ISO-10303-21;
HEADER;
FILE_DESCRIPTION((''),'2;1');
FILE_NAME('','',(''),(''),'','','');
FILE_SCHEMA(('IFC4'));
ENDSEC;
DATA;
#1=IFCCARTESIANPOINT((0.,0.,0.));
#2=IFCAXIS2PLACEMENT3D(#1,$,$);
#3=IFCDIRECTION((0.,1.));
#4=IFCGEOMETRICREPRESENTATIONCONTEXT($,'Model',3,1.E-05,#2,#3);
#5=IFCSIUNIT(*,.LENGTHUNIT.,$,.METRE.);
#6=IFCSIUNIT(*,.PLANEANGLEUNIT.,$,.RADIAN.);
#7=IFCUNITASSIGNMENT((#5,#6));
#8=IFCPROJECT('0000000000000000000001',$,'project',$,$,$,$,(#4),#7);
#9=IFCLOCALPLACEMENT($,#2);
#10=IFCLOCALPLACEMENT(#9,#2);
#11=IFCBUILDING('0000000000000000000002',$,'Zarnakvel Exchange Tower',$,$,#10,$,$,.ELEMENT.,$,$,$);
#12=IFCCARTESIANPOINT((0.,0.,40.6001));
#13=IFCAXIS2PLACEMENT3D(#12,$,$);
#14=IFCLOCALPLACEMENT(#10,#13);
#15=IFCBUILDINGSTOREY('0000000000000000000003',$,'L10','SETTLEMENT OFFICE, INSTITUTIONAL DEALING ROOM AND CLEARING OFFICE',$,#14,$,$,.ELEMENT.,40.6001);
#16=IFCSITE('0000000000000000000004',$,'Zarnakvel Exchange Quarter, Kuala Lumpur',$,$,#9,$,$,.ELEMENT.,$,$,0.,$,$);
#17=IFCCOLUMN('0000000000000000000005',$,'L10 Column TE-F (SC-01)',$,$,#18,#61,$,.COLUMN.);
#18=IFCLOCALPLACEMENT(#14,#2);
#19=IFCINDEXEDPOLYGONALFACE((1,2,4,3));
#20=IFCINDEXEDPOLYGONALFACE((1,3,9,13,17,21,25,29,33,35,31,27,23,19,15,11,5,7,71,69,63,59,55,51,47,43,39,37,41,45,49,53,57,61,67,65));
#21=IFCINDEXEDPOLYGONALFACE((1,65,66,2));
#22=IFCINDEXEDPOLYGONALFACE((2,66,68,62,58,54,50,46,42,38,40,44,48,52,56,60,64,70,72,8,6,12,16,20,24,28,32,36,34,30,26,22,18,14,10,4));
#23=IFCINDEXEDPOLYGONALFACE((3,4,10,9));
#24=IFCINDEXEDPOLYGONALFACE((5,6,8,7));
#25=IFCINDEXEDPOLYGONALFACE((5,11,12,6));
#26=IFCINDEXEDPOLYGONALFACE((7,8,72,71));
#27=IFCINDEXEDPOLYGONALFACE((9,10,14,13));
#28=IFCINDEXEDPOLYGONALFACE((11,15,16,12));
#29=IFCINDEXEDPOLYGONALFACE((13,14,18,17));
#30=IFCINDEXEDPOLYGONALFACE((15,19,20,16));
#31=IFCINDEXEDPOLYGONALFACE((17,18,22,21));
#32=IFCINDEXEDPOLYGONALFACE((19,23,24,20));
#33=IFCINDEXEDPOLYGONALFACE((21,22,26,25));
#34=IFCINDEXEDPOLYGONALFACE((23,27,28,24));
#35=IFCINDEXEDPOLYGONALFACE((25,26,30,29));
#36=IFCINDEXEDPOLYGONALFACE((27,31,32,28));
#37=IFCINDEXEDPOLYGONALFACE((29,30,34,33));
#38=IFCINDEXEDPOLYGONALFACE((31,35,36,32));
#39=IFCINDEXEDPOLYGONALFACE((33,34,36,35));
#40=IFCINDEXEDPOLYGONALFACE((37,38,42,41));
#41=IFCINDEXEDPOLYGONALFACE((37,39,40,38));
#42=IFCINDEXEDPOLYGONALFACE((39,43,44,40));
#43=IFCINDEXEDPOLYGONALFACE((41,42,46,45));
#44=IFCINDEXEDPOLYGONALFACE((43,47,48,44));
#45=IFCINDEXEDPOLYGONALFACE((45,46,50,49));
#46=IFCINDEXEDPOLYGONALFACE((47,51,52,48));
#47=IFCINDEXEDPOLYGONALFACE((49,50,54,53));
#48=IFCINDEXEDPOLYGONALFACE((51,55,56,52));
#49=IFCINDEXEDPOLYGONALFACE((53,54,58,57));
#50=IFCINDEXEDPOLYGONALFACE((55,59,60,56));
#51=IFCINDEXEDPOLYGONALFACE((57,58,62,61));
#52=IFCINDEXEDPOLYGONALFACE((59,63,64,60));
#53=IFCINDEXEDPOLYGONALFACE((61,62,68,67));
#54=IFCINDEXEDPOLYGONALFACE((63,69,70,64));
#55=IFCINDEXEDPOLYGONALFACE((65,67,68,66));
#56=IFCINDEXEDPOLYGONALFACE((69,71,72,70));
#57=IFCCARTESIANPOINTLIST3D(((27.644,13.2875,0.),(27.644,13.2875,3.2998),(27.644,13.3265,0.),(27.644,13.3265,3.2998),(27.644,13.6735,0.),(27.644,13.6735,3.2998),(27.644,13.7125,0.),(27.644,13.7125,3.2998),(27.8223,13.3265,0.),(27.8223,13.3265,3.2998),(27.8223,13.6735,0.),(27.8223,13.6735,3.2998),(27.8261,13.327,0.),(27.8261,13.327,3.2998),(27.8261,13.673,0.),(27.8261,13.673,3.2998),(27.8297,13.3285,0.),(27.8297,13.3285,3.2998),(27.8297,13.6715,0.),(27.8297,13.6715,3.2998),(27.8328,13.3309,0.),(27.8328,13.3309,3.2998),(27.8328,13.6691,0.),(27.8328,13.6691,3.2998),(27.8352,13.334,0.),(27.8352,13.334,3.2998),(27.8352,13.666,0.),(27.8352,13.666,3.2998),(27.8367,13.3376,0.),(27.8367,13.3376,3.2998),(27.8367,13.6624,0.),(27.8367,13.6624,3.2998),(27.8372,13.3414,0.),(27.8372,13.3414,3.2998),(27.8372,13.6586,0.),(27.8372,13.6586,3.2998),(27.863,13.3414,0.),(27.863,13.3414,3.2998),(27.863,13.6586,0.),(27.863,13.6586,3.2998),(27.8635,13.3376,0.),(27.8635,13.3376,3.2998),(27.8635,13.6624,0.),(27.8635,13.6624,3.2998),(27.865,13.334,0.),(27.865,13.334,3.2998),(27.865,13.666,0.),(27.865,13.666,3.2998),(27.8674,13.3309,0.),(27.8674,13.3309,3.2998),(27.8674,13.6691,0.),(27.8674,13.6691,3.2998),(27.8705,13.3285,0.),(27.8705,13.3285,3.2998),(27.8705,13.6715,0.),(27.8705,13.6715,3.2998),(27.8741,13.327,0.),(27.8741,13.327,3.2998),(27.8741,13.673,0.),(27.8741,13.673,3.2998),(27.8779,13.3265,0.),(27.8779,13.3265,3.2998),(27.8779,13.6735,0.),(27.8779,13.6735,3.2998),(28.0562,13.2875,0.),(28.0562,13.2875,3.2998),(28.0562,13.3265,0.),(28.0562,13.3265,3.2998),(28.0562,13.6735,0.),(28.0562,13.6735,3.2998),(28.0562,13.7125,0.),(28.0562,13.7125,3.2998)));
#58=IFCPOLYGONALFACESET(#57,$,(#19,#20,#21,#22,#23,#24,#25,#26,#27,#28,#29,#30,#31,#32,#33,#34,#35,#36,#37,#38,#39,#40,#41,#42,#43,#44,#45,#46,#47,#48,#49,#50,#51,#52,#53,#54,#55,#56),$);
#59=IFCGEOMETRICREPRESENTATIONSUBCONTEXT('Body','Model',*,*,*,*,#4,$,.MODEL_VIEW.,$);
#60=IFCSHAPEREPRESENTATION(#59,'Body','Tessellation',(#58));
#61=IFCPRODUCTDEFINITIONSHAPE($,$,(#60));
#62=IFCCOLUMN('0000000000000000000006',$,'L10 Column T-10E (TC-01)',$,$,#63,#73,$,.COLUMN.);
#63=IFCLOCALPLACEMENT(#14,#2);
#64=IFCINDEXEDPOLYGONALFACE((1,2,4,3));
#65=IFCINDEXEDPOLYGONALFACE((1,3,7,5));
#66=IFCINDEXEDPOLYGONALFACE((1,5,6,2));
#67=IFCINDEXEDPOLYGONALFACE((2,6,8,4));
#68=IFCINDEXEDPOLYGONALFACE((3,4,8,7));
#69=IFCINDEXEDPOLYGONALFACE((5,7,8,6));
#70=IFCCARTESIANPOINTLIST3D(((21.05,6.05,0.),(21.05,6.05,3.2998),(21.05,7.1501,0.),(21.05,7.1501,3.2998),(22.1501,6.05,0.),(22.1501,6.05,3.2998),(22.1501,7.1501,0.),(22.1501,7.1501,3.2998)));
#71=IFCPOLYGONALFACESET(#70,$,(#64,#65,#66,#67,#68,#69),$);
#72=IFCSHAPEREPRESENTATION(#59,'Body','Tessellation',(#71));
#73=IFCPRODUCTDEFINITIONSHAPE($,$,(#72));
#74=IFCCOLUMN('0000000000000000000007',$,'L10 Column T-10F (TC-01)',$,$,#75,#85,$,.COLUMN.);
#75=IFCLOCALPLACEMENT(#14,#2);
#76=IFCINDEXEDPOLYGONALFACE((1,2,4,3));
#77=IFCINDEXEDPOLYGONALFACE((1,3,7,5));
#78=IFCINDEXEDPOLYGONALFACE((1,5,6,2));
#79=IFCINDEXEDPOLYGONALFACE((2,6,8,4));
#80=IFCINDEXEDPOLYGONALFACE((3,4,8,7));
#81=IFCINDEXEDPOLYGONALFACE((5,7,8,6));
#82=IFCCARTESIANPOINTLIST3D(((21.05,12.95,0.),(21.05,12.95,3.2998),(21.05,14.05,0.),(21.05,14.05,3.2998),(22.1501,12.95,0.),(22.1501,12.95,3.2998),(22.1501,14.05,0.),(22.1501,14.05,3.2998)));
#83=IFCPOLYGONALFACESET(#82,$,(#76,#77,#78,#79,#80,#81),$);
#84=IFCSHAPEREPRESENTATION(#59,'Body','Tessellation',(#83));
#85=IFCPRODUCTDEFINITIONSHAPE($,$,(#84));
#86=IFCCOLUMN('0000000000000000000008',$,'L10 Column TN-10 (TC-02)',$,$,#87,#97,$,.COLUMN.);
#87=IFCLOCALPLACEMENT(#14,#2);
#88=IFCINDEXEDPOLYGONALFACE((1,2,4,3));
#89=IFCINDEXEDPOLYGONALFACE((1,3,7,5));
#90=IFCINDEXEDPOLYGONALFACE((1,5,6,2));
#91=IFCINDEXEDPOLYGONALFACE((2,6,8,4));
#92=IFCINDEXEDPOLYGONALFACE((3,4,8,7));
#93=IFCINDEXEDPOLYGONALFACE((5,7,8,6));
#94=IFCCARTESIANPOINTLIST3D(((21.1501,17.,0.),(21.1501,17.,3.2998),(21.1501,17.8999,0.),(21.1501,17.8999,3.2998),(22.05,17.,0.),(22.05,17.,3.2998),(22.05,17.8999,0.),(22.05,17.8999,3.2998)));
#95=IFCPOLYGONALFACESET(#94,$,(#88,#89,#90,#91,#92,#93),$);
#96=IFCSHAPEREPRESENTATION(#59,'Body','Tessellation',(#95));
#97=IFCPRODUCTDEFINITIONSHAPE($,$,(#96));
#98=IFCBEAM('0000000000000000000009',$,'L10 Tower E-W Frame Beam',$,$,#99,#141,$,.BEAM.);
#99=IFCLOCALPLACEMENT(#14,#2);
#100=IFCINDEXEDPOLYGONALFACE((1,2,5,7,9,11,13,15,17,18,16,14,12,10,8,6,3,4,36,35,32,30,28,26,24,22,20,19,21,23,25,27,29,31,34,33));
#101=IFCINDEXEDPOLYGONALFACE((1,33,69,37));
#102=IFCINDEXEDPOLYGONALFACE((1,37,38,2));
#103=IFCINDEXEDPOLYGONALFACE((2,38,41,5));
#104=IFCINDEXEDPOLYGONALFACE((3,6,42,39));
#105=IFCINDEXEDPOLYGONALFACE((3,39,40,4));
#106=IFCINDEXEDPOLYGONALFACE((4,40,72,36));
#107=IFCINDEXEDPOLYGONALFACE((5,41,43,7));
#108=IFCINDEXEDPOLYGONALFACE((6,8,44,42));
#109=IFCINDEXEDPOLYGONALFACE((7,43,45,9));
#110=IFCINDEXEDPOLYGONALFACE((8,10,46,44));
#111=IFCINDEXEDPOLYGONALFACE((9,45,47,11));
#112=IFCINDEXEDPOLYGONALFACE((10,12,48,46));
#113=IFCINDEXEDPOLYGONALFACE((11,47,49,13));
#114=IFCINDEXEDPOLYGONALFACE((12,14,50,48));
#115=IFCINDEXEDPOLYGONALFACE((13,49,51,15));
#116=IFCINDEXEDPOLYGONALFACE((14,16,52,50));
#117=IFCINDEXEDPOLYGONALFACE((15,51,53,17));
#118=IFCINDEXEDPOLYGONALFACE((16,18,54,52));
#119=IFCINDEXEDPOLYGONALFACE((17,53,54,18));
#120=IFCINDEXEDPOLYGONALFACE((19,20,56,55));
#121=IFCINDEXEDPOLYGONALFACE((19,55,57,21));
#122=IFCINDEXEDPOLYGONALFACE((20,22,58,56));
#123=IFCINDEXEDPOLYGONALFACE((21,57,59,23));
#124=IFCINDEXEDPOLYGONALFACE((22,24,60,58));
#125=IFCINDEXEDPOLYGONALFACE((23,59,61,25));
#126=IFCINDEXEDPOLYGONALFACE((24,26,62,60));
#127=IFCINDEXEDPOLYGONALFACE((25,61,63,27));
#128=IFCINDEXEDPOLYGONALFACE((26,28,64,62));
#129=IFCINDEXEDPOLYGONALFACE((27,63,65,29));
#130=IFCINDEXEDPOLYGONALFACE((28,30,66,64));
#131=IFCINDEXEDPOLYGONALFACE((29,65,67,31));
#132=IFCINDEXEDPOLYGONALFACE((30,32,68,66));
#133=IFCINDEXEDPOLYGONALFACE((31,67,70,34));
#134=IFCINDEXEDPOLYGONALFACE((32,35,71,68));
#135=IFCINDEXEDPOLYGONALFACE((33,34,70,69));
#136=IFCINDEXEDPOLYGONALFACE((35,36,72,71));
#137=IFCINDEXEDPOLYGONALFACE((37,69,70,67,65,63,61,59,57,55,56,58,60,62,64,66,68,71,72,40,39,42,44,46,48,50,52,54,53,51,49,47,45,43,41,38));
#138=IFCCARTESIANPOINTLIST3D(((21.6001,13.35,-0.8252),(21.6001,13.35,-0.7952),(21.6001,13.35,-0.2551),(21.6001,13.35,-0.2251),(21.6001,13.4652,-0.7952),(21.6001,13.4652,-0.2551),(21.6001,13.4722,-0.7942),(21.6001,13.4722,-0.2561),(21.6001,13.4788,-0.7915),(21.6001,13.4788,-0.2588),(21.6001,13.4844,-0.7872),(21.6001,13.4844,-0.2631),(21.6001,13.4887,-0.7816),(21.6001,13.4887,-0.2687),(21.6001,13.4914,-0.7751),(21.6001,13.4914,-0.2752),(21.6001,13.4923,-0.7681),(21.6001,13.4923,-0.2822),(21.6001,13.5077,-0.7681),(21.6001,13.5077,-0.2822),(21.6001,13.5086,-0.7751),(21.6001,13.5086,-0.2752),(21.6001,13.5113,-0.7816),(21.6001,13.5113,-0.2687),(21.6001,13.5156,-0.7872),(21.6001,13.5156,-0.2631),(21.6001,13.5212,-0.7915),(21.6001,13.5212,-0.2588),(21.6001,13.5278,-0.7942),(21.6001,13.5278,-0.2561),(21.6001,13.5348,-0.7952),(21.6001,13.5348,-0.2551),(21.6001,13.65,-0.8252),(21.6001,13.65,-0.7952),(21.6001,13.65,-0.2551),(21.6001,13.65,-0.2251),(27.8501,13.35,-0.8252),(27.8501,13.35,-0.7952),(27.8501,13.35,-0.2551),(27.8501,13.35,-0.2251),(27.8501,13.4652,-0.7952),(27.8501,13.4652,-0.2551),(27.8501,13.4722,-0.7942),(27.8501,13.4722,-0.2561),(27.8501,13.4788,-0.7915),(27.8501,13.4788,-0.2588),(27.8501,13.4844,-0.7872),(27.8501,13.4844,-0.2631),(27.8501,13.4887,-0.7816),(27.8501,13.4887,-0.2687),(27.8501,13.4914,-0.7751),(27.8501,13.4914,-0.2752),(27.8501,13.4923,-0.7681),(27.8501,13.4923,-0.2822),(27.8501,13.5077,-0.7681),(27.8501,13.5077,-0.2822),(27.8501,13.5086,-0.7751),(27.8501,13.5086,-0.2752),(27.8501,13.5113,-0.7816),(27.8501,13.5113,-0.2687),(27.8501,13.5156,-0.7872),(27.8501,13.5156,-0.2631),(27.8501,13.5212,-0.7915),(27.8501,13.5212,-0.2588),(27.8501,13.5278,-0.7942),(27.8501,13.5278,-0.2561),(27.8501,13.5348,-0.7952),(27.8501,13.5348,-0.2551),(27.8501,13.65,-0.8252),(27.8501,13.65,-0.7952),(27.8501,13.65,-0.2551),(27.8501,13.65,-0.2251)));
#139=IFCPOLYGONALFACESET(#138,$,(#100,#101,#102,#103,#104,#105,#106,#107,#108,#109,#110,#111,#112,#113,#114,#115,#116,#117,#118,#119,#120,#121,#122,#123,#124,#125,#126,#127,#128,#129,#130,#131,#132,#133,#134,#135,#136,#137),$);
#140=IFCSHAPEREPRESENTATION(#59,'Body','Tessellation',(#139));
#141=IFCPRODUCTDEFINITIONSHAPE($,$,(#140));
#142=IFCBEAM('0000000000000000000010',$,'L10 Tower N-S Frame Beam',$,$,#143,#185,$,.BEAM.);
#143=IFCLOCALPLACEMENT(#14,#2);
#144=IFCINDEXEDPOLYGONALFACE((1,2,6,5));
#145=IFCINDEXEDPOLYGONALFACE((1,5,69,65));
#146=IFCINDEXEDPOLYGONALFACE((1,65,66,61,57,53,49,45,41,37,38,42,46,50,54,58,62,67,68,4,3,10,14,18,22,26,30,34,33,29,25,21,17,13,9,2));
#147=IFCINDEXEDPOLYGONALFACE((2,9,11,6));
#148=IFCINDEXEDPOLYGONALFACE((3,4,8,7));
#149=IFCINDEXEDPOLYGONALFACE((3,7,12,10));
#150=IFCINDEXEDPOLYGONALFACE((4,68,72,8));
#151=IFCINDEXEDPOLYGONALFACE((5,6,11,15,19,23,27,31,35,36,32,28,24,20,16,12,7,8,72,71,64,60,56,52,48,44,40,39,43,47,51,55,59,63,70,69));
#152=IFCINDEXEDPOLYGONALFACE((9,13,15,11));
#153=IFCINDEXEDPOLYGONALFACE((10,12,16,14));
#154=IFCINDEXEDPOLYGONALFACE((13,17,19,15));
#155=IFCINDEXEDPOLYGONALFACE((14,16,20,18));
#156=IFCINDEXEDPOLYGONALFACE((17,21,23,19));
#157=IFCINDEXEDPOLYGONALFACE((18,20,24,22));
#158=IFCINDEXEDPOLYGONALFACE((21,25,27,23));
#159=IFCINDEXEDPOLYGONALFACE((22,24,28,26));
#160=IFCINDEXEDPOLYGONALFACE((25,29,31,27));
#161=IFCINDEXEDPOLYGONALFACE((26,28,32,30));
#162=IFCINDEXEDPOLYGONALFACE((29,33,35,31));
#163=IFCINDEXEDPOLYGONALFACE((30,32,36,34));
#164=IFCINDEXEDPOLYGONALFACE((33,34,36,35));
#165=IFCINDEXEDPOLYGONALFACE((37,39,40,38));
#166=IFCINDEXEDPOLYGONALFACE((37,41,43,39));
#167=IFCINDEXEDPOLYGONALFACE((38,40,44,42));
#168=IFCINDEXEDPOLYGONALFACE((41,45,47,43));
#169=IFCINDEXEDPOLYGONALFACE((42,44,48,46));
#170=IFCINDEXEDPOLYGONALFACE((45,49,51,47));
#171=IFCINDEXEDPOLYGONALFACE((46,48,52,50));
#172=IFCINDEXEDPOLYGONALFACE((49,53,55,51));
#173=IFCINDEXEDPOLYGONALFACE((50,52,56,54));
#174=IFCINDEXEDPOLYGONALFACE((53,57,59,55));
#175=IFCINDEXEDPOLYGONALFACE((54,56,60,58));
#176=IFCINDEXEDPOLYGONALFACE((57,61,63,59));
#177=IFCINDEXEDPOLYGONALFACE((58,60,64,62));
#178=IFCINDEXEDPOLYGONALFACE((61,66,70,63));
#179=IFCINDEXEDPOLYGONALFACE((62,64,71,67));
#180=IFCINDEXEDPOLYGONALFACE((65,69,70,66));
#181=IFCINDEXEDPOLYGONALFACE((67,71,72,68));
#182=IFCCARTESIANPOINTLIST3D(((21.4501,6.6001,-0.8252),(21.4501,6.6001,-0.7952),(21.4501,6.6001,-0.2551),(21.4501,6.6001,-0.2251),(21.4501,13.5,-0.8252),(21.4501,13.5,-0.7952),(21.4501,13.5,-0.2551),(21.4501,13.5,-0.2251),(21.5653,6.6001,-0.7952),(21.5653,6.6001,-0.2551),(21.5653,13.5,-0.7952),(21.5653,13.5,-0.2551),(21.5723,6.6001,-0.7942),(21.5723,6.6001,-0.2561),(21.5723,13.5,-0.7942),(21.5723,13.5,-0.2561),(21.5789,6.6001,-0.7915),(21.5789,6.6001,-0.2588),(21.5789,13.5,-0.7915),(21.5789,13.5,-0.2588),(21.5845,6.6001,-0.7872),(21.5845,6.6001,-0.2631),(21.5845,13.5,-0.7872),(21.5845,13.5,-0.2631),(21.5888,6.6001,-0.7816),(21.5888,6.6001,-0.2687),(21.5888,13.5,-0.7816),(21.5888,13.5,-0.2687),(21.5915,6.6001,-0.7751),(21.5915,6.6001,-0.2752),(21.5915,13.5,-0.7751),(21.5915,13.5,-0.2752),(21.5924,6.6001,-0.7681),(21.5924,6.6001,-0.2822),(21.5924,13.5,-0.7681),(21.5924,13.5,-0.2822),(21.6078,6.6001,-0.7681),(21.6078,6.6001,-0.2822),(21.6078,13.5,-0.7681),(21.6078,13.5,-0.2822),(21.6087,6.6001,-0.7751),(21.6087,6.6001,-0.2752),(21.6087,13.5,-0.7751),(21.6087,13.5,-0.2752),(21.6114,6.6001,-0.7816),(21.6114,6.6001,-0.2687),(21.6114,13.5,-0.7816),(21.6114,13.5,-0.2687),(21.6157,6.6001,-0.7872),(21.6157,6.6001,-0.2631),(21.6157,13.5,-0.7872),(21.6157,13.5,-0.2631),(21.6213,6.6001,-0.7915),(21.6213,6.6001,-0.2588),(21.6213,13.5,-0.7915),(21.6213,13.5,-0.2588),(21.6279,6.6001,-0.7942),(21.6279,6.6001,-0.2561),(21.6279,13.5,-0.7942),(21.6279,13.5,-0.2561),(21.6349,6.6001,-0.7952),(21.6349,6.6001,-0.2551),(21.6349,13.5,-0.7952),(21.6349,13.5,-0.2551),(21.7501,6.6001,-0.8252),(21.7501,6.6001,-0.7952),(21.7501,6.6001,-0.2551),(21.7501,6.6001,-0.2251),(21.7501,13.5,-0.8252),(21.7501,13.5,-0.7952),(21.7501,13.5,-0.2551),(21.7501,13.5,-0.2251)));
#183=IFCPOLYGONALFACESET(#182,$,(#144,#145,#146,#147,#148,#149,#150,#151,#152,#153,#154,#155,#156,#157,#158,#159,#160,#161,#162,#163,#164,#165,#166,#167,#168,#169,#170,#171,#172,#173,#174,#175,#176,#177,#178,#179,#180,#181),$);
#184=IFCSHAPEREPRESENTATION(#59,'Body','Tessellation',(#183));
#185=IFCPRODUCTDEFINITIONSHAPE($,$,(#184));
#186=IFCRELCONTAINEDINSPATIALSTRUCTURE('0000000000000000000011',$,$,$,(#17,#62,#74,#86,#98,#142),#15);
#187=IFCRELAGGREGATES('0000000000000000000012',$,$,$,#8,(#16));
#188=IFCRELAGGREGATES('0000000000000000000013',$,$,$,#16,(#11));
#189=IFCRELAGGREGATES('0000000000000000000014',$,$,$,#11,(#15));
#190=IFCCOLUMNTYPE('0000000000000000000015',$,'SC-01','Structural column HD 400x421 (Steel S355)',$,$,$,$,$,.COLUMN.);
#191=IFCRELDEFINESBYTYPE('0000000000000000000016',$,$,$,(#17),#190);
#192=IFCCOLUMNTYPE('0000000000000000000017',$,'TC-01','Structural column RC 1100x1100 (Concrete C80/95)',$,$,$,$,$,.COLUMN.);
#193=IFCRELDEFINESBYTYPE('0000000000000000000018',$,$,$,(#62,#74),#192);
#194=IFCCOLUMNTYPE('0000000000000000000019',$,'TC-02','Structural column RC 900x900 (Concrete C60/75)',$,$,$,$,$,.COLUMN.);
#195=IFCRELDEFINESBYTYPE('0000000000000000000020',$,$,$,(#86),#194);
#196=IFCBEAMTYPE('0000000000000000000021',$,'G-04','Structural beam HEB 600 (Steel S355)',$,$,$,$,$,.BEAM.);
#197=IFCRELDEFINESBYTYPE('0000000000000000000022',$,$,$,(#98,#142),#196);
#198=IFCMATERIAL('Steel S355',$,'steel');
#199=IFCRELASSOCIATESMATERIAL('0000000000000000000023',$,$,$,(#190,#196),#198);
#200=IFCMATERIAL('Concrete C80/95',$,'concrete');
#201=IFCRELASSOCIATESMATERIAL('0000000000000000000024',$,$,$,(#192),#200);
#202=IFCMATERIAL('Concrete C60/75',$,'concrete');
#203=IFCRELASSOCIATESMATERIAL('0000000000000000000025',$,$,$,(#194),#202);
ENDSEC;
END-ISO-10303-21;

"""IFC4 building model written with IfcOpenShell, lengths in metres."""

from ifc_helpers import new_model, si_unit, direction, frame, origin, origin_2d, place, context, subcontext, project, spatial, rectangle, i_section, extrude, material, material_profile, profile_set, type_object, element, save


model = new_model("IFC4")

# Units and contexts
model_context = context("Model", 3, precision=1e-05, world=origin(), true_north=direction((0.0, 1.0)))
body_context = subcontext(model_context, "Body", "Model", "MODEL_VIEW")
ifc_project = project(units=[si_unit("LENGTHUNIT", "METRE"), si_unit("PLANEANGLEUNIT", "RADIAN")], contexts=[model_context])

# Site, building, storey
site_placement = place(None, origin())
site = spatial("IfcSite", under=ifc_project, at=site_placement, Name="Zarnakvel Exchange Quarter, Kuala Lumpur", CompositionType="ELEMENT", RefElevation=0.0)
building_placement = place(site_placement, origin())
building = spatial("IfcBuilding", under=site, at=building_placement, Name="Zarnakvel Exchange Tower", CompositionType="ELEMENT")
storey_placement = place(building_placement, frame((0.0, 0.0, 40.6001)))
storey = spatial("IfcBuildingStorey", under=building, at=storey_placement, Name="L10", Description="SETTLEMENT OFFICE, INSTITUTIONAL DEALING ROOM AND CLEARING OFFICE", CompositionType="ELEMENT", Elevation=40.6001)

# Columns
ifc_material_1 = material(Name="Steel S355", Category="steel")
ifc_material_profile_1 = material_profile(ifc_material_1, i_section(OverallWidth=0.4121, OverallDepth=0.425, WebThickness=0.0259, FlangeThickness=0.0391, FilletRadius=0.0149, at=origin_2d()))
ifc_profile_set_1 = profile_set([ifc_material_profile_1], Name="Steel S355")
column_type_1 = type_object("IfcColumnType", Name="SC-01", Description="Structural column HD 400x421 (Steel S355)", PredefinedType="COLUMN", material=ifc_profile_set_1)
column_1_placement = place(storey_placement, frame((27.8501, 13.5, 0.0), z_axis=(0.0, 0.0, 1.0), x_axis=(1.0, 0.0, 0.0)))
element("IfcColumn", 1, at=column_1_placement, inside=storey, type_object=column_type_1, Name="L10 Column TE-F (SC-01)", PredefinedType="COLUMN", context=body_context, shape_type="SweptSolid", body=[
    extrude(i_section(OverallWidth=0.4121, OverallDepth=0.425, WebThickness=0.0259, FlangeThickness=0.0391, FilletRadius=0.0149, at=origin_2d()), origin(), (0.0, 0.0, 1.0), 3.2998),
])
ifc_material_2 = material(Name="Concrete C80/95", Category="concrete")
ifc_material_profile_2 = material_profile(ifc_material_2, rectangle(XDim=1.1001, YDim=1.1001, at=origin_2d()))
ifc_profile_set_2 = profile_set([ifc_material_profile_2], Name="Concrete C80/95")
column_type_2 = type_object("IfcColumnType", Name="TC-01", Description="Structural column RC 1100x1100 (Concrete C80/95)", PredefinedType="COLUMN", material=ifc_profile_set_2)
for number, where, z_axis, x_axis, name in (
    (2, (21.6001, 6.6001, 0.0), (0.0, 0.0, 1.0), (1.0, 0.0, 0.0), "L10 Column T-10E (TC-01)"),
    (3, (21.6001, 13.5, 0.0), (0.0, 0.0, 1.0), (1.0, 0.0, 0.0), "L10 Column T-10F (TC-01)"),
):
    element("IfcColumn", number, at=place(storey_placement, frame(where, z_axis=z_axis, x_axis=x_axis)), inside=storey, type_object=column_type_2, Name=name, PredefinedType="COLUMN", context=body_context, shape_type="SweptSolid", body=[
        extrude(rectangle(XDim=1.1001, YDim=1.1001, at=origin_2d()), origin(), (0.0, 0.0, 1.0), 3.2998),
    ])
ifc_material_3 = material(Name="Concrete C60/75", Category="concrete")
ifc_material_profile_3 = material_profile(ifc_material_3, rectangle(XDim=0.8999, YDim=0.8999, at=origin_2d()))
ifc_profile_set_3 = profile_set([ifc_material_profile_3], Name="Concrete C60/75")
column_type_3 = type_object("IfcColumnType", Name="TC-02", Description="Structural column RC 900x900 (Concrete C60/75)", PredefinedType="COLUMN", material=ifc_profile_set_3)
column_2_placement = place(storey_placement, frame((21.6001, 17.45, 0.0), z_axis=(0.0, 0.0, 1.0), x_axis=(1.0, 0.0, 0.0)))
element("IfcColumn", 4, at=column_2_placement, inside=storey, type_object=column_type_3, Name="L10 Column TN-10 (TC-02)", PredefinedType="COLUMN", context=body_context, shape_type="SweptSolid", body=[
    extrude(rectangle(XDim=0.8999, YDim=0.8999, at=origin_2d()), origin(), (0.0, 0.0, 1.0), 3.2998),
])

# Beams
ifc_material_profile_4 = material_profile(ifc_material_1, i_section(OverallWidth=0.3, OverallDepth=0.6001, WebThickness=0.0154, FlangeThickness=0.03, FilletRadius=0.0271, at=origin_2d()))
ifc_profile_set_4 = profile_set([ifc_material_profile_4], Name="Steel S355")
beam_type = type_object("IfcBeamType", Name="G-04", Description="Structural beam HEB 600 (Steel S355)", PredefinedType="BEAM", material=ifc_profile_set_4)
beam_1_placement = place(storey_placement, frame((21.6001, 13.5, -0.5251), z_axis=(1.0, 0.0, 0.0), x_axis=(0.0, 1.0, 0.0)))
element("IfcBeam", 5, at=beam_1_placement, inside=storey, type_object=beam_type, Name="L10 Tower E-W Frame Beam", PredefinedType="BEAM", context=body_context, shape_type="SweptSolid", body=[
    extrude(i_section(OverallWidth=0.3, OverallDepth=0.6001, WebThickness=0.0154, FlangeThickness=0.03, FilletRadius=0.0271, at=origin_2d()), origin(), (0.0, 0.0, 1.0), 6.25),
])
beam_2_placement = place(storey_placement, frame((21.6001, 6.6001, -0.5251), z_axis=(0.0, 1.0, 0.0), x_axis=(-1.0, 0.0, 0.0)))
element("IfcBeam", 6, at=beam_2_placement, inside=storey, type_object=beam_type, Name="L10 Tower N-S Frame Beam", PredefinedType="BEAM", context=body_context, shape_type="SweptSolid", body=[
    extrude(i_section(OverallWidth=0.3, OverallDepth=0.6001, WebThickness=0.0154, FlangeThickness=0.03, FilletRadius=0.0271, at=origin_2d()), origin(), (0.0, 0.0, 1.0), 6.8999),
])

save(model, "model.ifc")
